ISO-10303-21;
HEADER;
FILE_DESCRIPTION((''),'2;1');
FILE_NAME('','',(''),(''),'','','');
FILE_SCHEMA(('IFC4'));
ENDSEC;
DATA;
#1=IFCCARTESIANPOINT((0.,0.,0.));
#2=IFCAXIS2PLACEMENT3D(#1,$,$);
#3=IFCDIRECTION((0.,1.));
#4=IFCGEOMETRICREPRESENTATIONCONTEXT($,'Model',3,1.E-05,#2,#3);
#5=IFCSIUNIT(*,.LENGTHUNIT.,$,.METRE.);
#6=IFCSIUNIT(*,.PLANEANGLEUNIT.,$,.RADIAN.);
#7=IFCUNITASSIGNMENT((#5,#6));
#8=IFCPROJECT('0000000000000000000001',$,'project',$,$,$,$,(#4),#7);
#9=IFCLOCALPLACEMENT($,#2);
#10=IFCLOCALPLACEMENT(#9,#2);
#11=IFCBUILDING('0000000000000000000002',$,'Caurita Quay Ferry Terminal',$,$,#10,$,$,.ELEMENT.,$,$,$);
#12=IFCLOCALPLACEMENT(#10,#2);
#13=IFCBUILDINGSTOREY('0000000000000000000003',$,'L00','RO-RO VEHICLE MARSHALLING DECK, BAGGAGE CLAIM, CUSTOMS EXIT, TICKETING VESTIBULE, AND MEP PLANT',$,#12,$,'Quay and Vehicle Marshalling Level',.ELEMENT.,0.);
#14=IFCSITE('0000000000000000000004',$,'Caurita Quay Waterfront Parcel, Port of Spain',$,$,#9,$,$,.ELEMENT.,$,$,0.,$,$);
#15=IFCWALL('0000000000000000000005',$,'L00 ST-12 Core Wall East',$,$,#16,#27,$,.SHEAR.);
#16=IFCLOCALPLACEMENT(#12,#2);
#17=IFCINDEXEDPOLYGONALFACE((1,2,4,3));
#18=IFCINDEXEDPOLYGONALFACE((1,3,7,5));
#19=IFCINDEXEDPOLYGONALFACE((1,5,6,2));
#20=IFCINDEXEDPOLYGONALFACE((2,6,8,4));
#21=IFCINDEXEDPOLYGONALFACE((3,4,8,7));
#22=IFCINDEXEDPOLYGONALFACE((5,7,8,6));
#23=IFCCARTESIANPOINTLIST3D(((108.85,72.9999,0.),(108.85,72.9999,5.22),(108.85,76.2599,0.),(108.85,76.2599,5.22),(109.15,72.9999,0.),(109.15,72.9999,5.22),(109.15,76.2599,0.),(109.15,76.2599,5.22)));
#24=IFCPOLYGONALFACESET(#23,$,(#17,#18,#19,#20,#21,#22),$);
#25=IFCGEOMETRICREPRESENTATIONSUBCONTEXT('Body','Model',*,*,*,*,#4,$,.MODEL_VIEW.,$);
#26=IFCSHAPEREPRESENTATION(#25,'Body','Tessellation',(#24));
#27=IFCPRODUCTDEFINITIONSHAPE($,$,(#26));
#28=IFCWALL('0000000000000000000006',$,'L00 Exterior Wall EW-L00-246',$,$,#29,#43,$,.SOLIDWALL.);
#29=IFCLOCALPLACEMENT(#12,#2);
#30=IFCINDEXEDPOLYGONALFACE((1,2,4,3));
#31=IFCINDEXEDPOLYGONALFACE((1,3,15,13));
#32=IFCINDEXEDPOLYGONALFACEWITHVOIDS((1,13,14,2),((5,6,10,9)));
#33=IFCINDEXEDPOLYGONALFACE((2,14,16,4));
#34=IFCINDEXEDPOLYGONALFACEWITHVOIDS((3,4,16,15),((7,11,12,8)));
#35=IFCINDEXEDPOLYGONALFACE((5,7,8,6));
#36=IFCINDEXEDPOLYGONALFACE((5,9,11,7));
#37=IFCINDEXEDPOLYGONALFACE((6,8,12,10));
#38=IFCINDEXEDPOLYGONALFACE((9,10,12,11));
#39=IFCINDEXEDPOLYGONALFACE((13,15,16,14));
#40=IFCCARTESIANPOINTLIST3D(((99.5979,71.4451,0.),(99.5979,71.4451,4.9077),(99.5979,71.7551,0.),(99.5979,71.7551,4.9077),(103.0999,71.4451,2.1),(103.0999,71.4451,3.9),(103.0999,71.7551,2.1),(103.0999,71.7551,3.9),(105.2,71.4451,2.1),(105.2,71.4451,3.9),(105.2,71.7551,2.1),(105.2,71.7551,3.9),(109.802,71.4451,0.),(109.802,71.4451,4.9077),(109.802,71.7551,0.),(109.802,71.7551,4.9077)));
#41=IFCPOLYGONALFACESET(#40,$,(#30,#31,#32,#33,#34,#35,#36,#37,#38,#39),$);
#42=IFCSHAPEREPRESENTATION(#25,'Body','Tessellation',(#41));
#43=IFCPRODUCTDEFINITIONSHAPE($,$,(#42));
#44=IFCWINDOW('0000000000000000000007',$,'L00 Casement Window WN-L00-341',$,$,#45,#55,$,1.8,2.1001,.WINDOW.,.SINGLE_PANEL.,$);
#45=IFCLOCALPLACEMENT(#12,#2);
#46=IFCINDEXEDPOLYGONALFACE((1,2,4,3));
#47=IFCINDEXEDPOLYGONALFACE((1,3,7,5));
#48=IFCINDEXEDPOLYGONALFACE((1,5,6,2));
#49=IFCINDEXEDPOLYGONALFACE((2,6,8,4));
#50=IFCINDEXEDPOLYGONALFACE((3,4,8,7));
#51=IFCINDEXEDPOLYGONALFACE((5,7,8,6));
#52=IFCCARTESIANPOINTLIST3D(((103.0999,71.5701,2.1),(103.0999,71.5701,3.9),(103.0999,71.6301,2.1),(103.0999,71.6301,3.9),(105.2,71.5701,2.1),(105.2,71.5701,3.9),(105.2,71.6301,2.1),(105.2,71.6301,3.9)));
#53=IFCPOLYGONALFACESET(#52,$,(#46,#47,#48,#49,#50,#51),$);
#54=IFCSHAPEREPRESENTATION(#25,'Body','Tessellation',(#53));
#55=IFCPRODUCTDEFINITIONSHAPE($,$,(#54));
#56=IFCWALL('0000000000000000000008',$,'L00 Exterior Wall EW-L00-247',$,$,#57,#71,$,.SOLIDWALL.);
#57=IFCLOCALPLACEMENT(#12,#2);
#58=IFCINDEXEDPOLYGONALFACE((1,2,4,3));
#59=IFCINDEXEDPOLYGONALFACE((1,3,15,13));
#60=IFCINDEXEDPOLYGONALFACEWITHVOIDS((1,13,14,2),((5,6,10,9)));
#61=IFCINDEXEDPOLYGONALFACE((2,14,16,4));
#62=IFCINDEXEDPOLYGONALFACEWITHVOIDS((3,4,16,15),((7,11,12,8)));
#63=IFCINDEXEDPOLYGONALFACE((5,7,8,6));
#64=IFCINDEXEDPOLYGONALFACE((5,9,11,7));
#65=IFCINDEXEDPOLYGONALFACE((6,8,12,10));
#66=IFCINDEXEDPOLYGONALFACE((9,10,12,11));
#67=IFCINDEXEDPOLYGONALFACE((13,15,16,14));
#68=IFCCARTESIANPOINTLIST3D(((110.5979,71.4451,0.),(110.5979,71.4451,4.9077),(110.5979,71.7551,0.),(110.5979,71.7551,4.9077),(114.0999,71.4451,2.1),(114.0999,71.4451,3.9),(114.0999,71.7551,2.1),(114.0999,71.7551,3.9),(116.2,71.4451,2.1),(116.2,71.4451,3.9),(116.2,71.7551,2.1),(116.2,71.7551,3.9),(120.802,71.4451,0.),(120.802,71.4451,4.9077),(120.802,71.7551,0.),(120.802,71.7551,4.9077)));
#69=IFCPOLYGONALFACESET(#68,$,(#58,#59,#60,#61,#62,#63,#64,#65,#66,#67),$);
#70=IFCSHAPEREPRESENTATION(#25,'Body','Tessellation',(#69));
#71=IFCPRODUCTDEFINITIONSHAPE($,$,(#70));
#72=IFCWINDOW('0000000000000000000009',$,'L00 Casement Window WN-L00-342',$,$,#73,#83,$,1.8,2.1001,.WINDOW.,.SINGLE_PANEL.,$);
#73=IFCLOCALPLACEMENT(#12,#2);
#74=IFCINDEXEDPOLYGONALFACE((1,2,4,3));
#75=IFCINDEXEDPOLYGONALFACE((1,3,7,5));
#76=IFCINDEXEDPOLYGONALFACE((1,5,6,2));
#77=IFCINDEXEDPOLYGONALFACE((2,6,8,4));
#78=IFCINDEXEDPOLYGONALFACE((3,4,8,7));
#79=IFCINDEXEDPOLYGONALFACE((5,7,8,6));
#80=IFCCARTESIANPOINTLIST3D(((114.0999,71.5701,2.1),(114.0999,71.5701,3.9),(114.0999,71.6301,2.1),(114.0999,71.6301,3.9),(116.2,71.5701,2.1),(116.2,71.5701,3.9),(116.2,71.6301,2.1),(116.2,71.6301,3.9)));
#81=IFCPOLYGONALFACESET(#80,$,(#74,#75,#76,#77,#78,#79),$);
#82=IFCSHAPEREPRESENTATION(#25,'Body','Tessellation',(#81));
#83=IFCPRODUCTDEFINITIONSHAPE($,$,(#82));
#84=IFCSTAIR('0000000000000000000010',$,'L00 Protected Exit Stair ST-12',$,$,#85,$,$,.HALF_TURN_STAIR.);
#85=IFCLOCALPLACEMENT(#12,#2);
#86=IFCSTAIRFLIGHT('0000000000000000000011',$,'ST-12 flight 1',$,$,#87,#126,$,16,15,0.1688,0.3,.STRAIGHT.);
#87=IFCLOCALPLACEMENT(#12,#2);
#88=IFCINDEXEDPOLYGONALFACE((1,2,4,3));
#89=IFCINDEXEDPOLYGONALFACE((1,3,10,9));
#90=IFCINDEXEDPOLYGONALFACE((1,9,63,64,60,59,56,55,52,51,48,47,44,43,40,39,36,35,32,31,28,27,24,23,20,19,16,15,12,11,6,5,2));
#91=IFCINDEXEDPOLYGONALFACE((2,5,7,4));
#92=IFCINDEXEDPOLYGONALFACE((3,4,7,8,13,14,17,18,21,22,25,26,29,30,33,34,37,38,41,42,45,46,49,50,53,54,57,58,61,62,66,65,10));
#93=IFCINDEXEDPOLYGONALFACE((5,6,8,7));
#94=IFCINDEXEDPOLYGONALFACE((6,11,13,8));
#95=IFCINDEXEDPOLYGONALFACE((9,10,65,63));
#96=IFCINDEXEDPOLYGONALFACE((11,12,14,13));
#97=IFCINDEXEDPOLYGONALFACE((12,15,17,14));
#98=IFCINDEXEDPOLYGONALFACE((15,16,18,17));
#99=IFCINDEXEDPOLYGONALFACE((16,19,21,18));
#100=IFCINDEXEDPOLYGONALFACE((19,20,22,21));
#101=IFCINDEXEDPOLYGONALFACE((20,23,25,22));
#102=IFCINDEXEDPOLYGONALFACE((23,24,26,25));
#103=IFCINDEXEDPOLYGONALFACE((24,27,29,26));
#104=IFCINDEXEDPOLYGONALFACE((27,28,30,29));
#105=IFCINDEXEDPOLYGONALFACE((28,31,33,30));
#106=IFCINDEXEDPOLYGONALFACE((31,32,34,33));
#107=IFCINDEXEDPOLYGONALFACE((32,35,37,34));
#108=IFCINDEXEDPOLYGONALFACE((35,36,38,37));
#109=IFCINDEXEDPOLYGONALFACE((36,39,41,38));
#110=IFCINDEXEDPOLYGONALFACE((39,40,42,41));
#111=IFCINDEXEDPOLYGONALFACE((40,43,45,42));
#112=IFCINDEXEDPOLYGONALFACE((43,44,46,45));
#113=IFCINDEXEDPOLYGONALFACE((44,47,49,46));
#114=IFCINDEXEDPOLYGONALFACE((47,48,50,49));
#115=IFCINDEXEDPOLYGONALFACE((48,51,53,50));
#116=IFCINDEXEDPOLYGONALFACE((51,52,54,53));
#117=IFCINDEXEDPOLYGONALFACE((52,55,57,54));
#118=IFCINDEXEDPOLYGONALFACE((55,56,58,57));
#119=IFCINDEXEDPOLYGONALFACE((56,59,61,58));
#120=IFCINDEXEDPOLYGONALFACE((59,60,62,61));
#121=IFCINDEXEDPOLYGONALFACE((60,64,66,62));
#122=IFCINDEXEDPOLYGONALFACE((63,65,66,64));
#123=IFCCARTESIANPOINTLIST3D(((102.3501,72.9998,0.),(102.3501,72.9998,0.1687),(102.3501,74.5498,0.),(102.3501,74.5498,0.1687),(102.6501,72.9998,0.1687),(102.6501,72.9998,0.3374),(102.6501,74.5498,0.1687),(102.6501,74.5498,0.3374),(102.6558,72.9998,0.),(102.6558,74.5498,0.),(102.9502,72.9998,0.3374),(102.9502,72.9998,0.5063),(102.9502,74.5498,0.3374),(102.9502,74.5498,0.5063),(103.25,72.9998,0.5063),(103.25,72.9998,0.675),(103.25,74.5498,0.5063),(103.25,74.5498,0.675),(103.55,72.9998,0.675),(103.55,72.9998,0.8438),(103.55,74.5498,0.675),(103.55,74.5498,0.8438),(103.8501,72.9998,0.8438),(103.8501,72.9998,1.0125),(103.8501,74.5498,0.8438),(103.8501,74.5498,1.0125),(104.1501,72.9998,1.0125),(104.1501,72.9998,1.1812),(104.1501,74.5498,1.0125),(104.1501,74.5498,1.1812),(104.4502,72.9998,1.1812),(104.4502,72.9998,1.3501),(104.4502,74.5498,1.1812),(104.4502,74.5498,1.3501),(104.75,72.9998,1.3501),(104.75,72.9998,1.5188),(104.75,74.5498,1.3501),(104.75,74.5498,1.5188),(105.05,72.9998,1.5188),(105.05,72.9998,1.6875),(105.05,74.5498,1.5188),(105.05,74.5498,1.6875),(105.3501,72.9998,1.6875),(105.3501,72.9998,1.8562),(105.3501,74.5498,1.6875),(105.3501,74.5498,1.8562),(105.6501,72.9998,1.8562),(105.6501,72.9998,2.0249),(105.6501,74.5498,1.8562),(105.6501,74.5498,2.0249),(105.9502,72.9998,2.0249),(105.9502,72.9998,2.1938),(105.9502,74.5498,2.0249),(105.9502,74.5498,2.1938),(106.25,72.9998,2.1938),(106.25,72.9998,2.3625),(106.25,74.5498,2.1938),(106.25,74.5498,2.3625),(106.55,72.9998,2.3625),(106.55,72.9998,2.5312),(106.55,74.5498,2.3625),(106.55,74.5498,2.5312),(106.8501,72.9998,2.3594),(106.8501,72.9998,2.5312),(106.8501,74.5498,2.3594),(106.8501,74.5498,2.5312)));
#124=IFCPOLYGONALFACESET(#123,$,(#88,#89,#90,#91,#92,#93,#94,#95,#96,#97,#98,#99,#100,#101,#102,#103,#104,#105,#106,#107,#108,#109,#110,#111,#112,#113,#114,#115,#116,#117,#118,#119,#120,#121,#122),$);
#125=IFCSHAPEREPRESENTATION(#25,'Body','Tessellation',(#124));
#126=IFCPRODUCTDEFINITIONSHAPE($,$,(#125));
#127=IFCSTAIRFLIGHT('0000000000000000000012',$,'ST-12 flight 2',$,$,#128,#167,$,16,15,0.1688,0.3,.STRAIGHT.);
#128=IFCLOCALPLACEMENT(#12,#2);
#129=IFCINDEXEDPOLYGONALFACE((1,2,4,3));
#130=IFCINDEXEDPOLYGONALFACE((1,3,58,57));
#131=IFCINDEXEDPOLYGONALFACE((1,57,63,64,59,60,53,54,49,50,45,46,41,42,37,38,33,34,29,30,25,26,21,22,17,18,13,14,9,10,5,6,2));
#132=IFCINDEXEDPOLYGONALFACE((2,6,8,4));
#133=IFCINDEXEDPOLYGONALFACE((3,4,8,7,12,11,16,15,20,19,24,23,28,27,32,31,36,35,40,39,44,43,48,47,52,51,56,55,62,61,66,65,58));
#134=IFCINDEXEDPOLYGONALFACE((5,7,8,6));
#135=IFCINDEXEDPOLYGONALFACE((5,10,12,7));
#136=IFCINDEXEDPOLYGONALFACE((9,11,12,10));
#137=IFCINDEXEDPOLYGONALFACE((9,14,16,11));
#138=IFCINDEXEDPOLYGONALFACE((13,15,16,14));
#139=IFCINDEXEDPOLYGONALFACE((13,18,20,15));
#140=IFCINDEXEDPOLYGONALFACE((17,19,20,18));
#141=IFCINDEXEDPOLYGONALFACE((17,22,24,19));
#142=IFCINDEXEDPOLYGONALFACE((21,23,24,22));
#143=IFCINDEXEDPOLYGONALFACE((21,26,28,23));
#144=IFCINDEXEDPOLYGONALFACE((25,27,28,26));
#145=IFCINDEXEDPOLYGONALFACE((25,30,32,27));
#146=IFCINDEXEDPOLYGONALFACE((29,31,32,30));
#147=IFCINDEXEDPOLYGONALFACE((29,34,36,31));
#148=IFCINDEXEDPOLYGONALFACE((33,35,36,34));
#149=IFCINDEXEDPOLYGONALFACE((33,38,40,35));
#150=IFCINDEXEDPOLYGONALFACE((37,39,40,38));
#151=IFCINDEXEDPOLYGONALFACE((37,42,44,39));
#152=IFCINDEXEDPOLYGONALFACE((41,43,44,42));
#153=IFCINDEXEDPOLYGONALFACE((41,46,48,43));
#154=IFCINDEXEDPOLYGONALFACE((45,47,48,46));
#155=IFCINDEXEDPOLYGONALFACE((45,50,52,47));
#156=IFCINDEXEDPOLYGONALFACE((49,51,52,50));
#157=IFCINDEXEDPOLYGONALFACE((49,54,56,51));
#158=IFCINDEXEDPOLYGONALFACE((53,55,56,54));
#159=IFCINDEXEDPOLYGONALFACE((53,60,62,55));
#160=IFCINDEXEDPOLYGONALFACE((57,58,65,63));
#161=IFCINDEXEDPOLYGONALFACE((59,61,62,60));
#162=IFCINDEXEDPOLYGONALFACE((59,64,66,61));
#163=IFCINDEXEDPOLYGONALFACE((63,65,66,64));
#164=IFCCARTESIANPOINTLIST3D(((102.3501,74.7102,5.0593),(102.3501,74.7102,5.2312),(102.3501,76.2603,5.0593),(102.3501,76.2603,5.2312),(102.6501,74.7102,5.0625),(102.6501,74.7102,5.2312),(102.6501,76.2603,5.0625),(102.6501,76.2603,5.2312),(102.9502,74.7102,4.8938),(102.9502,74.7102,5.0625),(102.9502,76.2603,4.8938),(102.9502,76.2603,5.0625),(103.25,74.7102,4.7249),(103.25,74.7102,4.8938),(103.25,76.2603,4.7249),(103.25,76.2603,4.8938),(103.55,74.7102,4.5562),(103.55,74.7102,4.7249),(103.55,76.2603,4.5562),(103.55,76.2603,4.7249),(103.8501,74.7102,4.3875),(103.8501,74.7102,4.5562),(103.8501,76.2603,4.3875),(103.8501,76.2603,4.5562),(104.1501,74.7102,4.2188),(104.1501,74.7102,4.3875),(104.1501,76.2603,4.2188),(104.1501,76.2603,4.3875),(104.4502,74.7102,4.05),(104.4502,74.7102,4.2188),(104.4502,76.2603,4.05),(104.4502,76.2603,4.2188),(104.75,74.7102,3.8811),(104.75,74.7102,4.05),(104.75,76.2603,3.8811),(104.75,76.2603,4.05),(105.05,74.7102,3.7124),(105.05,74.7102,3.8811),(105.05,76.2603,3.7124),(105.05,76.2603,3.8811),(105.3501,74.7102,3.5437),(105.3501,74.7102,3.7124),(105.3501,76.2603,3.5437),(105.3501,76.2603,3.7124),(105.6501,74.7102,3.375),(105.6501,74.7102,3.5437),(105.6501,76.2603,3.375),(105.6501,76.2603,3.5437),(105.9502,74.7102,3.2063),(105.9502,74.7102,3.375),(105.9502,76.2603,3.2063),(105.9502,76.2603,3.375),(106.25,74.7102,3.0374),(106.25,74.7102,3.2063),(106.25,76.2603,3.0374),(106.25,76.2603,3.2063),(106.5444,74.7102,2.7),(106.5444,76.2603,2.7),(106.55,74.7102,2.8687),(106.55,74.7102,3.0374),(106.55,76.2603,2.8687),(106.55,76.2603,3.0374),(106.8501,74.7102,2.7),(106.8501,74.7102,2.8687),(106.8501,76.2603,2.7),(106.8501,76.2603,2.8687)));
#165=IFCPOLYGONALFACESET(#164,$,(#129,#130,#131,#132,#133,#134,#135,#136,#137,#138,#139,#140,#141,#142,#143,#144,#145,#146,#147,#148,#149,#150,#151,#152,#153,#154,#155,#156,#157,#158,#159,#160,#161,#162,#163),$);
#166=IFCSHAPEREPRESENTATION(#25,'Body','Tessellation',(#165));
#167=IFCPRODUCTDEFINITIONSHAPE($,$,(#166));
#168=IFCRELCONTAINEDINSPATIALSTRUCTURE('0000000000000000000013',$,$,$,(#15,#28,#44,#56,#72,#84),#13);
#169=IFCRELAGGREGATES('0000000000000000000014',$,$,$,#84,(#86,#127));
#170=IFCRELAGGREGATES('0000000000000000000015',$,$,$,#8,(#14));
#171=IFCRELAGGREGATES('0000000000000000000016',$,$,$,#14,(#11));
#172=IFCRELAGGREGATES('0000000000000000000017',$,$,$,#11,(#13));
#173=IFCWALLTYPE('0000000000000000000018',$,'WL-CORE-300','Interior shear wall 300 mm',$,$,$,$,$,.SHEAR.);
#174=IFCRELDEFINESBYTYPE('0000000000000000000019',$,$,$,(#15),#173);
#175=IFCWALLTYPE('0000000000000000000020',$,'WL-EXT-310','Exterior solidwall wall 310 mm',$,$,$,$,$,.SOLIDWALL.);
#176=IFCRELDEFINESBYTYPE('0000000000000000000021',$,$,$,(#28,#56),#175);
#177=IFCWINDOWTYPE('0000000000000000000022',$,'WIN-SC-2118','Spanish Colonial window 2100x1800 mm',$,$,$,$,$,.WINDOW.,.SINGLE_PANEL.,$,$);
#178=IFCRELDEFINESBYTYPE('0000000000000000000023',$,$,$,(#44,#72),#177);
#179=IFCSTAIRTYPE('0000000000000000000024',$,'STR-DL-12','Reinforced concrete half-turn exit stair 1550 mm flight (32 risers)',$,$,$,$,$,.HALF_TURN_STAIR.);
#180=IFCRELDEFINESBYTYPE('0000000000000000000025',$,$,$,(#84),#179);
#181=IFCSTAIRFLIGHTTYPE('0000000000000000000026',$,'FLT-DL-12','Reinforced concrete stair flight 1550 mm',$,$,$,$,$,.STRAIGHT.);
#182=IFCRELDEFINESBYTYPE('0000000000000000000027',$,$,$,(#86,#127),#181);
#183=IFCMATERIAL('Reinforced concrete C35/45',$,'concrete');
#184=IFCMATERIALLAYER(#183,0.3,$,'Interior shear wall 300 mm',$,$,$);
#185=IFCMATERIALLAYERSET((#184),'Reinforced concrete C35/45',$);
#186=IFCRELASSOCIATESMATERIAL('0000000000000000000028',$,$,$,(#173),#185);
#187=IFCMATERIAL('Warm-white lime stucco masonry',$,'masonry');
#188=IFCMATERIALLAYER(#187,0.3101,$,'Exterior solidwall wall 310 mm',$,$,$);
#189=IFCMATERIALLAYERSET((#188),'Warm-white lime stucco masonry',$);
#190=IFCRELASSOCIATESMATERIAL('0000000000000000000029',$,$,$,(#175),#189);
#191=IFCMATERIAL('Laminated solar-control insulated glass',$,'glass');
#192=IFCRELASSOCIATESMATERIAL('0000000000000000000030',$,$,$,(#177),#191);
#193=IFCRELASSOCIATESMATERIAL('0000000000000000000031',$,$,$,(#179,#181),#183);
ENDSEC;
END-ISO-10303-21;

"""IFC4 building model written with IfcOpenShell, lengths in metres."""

from ifc_helpers import new_model, si_unit, direction, frame, frame_2d, origin, place, context, subcontext, project, spatial, polyline, rectangle, outline, extrude, material, layer, layer_set, type_object, element, fill, aggregate, save


model = new_model("IFC4")

# Units and contexts
model_context = context("Model", 3, precision=1e-05, world=origin(), true_north=direction((0.0, 1.0)))
body_context = subcontext(model_context, "Body", "Model", "MODEL_VIEW")
ifc_project = project(units=[si_unit("LENGTHUNIT", "METRE"), si_unit("PLANEANGLEUNIT", "RADIAN")], contexts=[model_context])

# Site, building, storey
site_placement = place(None, origin())
site = spatial("IfcSite", under=ifc_project, at=site_placement, Name="Caurita Quay Waterfront Parcel, Port of Spain", CompositionType="ELEMENT", RefElevation=0.0)
building_placement = place(site_placement, origin())
building = spatial("IfcBuilding", under=site, at=building_placement, Name="Caurita Quay Ferry Terminal", CompositionType="ELEMENT")
storey_placement = place(building_placement, origin())
storey = spatial("IfcBuildingStorey", under=building, at=storey_placement, Name="L00", Description="RO-RO VEHICLE MARSHALLING DECK, BAGGAGE CLAIM, CUSTOMS EXIT, TICKETING VESTIBULE, AND MEP PLANT", LongName="Quay and Vehicle Marshalling Level", CompositionType="ELEMENT", Elevation=0.0)

# Shared definitions
ifc_material_1 = material(Name="Reinforced concrete C35/45", Category="concrete")

# Wall
ifc_layer_1 = layer(ifc_material_1, 0.3, Name="Interior shear wall 300 mm")
ifc_layer_set_1 = layer_set([ifc_layer_1], Name="Reinforced concrete C35/45")
wall_type_1 = type_object("IfcWallType", Name="WL-CORE-300", Description="Interior shear wall 300 mm", PredefinedType="SHEAR", material=ifc_layer_set_1)
wall_1_placement = place(storey_placement, frame((109.0, 73.0, 0.0), z_axis=(0.0, 0.0, 1.0), x_axis=(0.0, 1.0, 0.0)))
element("IfcWall", 1, at=wall_1_placement, inside=storey, type_object=wall_type_1, Name="L00 ST-12 Core Wall East", PredefinedType="SHEAR", context=body_context, shape_type="SweptSolid", body=[
    extrude(rectangle(XDim=3.26, YDim=0.3, at=frame_2d((1.6299, 0.0))), origin(), (0.0, 0.0, 1.0), 5.22),
])

# Walls, openings, windows
ifc_material_2 = material(Name="Warm-white lime stucco masonry", Category="masonry")
ifc_layer_2 = layer(ifc_material_2, 0.3101, Name="Exterior solidwall wall 310 mm")
ifc_layer_set_2 = layer_set([ifc_layer_2], Name="Warm-white lime stucco masonry")
wall_type_2 = type_object("IfcWallType", Name="WL-EXT-310", Description="Exterior solidwall wall 310 mm", PredefinedType="SOLIDWALL", material=ifc_layer_set_2)
wall_2_placement = place(storey_placement, frame((99.5979, 71.6001, 0.0), z_axis=(0.0, 0.0, 1.0), x_axis=(1.0, 0.0, 0.0)))
wall_2 = element("IfcWall", 2, at=wall_2_placement, inside=storey, type_object=wall_type_2, Name="L00 Exterior Wall EW-L00-246", PredefinedType="SOLIDWALL", context=body_context, shape_type="SweptSolid", body=[
    extrude(rectangle(XDim=10.2041, YDim=0.3101, at=frame_2d((5.1021, 0.0))), origin(), (0.0, 0.0, 1.0), 4.9077),
])
opening_1_placement = place(wall_2_placement, frame((3.502, 0.0, 2.1001)))
opening_1 = element("IfcOpeningElement", 3, at=opening_1_placement, cuts=wall_2, PredefinedType="OPENING", context=body_context, shape_type="SweptSolid", body=[
    extrude(rectangle(XDim=2.1001, YDim=1.8, at=frame_2d((1.05, 0.8999))), frame((0.0, 0.165, 0.0), z_axis=(0.0, -1.0, 0.0), x_axis=(1.0, 0.0, 0.0)), (0.0, 0.0, 1.0), 0.3301),
])
ifc_material_3 = material(Name="Laminated solar-control insulated glass", Category="glass")
window_type = type_object("IfcWindowType", Name="WIN-SC-2118", Description="Spanish Colonial window 2100x1800 mm", PartitioningType="SINGLE_PANEL", PredefinedType="WINDOW", material=ifc_material_3)
window_1_placement = place(opening_1_placement, origin())
window_1 = element("IfcWindow", 4, at=window_1_placement, inside=storey, type_object=window_type, Name="L00 Casement Window WN-L00-341", OverallHeight=1.8, OverallWidth=2.1001, PartitioningType="SINGLE_PANEL", PredefinedType="WINDOW", context=body_context, shape_type="SweptSolid", body=[
    extrude(rectangle(XDim=2.1001, YDim=1.8, at=frame_2d((1.05, 0.8999))), frame((0.0, 0.03, 0.0), z_axis=(0.0, -1.0, 0.0), x_axis=(1.0, 0.0, 0.0)), (0.0, 0.0, 1.0), 0.0601),
])
fill(opening_1, window_1)
wall_3_placement = place(storey_placement, frame((110.5979, 71.6001, 0.0), z_axis=(0.0, 0.0, 1.0), x_axis=(1.0, 0.0, 0.0)))
wall_3 = element("IfcWall", 5, at=wall_3_placement, inside=storey, type_object=wall_type_2, Name="L00 Exterior Wall EW-L00-247", PredefinedType="SOLIDWALL", context=body_context, shape_type="SweptSolid", body=[
    extrude(rectangle(XDim=10.2041, YDim=0.3101, at=frame_2d((5.1021, 0.0))), origin(), (0.0, 0.0, 1.0), 4.9077),
])
opening_2_placement = place(wall_3_placement, frame((3.502, 0.0, 2.1001)))
opening_2 = element("IfcOpeningElement", 6, at=opening_2_placement, cuts=wall_3, PredefinedType="OPENING", context=body_context, shape_type="SweptSolid", body=[
    extrude(rectangle(XDim=2.1001, YDim=1.8, at=frame_2d((1.05, 0.8999))), frame((0.0, 0.165, 0.0), z_axis=(0.0, -1.0, 0.0), x_axis=(1.0, 0.0, 0.0)), (0.0, 0.0, 1.0), 0.3301),
])
window_2_placement = place(opening_2_placement, origin())
window_2 = element("IfcWindow", 7, at=window_2_placement, inside=storey, type_object=window_type, Name="L00 Casement Window WN-L00-342", OverallHeight=1.8, OverallWidth=2.1001, PartitioningType="SINGLE_PANEL", PredefinedType="WINDOW", context=body_context, shape_type="SweptSolid", body=[
    extrude(rectangle(XDim=2.1001, YDim=1.8, at=frame_2d((1.05, 0.8999))), frame((0.0, 0.03, 0.0), z_axis=(0.0, -1.0, 0.0), x_axis=(1.0, 0.0, 0.0)), (0.0, 0.0, 1.0), 0.0601),
])
fill(opening_2, window_2)

# Stair, stair flights
stair_type = type_object("IfcStairType", Name="STR-DL-12", Description="Reinforced concrete half-turn exit stair 1550 mm flight (32 risers)", PredefinedType="HALF_TURN_STAIR", material=ifc_material_1)
stair_placement = place(storey_placement, origin())
stair = element("IfcStair", 8, at=stair_placement, inside=storey, type_object=stair_type, Name="L00 Protected Exit Stair ST-12", PredefinedType="HALF_TURN_STAIR")
stair_flight_type = type_object("IfcStairFlightType", Name="FLT-DL-12", Description="Reinforced concrete stair flight 1550 mm", PredefinedType="STRAIGHT", material=ifc_material_1)
stair_flight_1_placement = place(storey_placement, frame((102.3501, 73.7749, 0.0), z_axis=(0.0, 0.0, 1.0), x_axis=(1.0, 0.0, 0.0)))
stair_flight_1 = element("IfcStairFlight", 9, at=stair_flight_1_placement, type_object=stair_flight_type, Name="ST-12 flight 1", NumberOfRisers=16, NumberOfTreads=15, PredefinedType="STRAIGHT", RiserHeight=0.1688, TreadLength=0.3, context=body_context, shape_type="SweptSolid", body=[
    extrude(outline(polyline([(0.0, 0.0), (0.0, 0.1687), (0.3, 0.1687), (0.3, 0.3374), (0.6001, 0.3374), (0.6001, 0.5063), (0.8999, 0.5063), (0.8999, 0.675), (1.2, 0.675), (1.2, 0.8438), (1.5, 0.8438), (1.5, 1.0125), (1.8, 1.0125), (1.8, 1.1812), (2.1001, 1.1812), (2.1001, 1.3501), (2.3999, 1.3501), (2.3999, 1.5188), (2.7, 1.5188), (2.7, 1.6875), (3.0, 1.6875), (3.0, 1.8562), (3.3, 1.8562), (3.3, 2.0249), (3.6001, 2.0249), (3.6001, 2.1938), (3.8999, 2.1938), (3.8999, 2.3625), (4.2, 2.3625), (4.2, 2.5312), (4.5, 2.5312), (4.5, 2.7), (4.5, 2.3594), (0.3057, 0.0), (0.0, 0.0)])), frame((0.0, 0.7749, 0.0), z_axis=(0.0, -1.0, 0.0), x_axis=(1.0, 0.0, 0.0)), (0.0, 0.0, 1.0), 1.55),
])
stair_flight_2_placement = place(storey_placement, frame((106.8501, 75.4851, 2.7), z_axis=(0.0, 0.0, 1.0), x_axis=(-1.0, 0.0, 0.0)))
stair_flight_2 = element("IfcStairFlight", 10, at=stair_flight_2_placement, type_object=stair_flight_type, Name="ST-12 flight 2", NumberOfRisers=16, NumberOfTreads=15, PredefinedType="STRAIGHT", RiserHeight=0.1688, TreadLength=0.3, context=body_context, shape_type="SweptSolid", body=[
    extrude(outline(polyline([(0.0, 0.0), (0.0, 0.1687), (0.3, 0.1687), (0.3, 0.3374), (0.6001, 0.3374), (0.6001, 0.5063), (0.8999, 0.5063), (0.8999, 0.675), (1.2, 0.675), (1.2, 0.8438), (1.5, 0.8438), (1.5, 1.0125), (1.8, 1.0125), (1.8, 1.1812), (2.1001, 1.1812), (2.1001, 1.3501), (2.3999, 1.3501), (2.3999, 1.5188), (2.7, 1.5188), (2.7, 1.6875), (3.0, 1.6875), (3.0, 1.8562), (3.3, 1.8562), (3.3, 2.0249), (3.6001, 2.0249), (3.6001, 2.1938), (3.8999, 2.1938), (3.8999, 2.3625), (4.2, 2.3625), (4.2, 2.5312), (4.5, 2.5312), (4.5, 2.7), (4.5, 2.3594), (0.3057, 0.0), (0.0, 0.0)])), frame((0.0, 0.7749, 0.0), z_axis=(0.0, -1.0, 0.0), x_axis=(1.0, 0.0, 0.0)), (0.0, 0.0, 1.0), 1.55),
])
aggregate(stair, [stair_flight_1, stair_flight_2])

save(model, "model.ifc")
